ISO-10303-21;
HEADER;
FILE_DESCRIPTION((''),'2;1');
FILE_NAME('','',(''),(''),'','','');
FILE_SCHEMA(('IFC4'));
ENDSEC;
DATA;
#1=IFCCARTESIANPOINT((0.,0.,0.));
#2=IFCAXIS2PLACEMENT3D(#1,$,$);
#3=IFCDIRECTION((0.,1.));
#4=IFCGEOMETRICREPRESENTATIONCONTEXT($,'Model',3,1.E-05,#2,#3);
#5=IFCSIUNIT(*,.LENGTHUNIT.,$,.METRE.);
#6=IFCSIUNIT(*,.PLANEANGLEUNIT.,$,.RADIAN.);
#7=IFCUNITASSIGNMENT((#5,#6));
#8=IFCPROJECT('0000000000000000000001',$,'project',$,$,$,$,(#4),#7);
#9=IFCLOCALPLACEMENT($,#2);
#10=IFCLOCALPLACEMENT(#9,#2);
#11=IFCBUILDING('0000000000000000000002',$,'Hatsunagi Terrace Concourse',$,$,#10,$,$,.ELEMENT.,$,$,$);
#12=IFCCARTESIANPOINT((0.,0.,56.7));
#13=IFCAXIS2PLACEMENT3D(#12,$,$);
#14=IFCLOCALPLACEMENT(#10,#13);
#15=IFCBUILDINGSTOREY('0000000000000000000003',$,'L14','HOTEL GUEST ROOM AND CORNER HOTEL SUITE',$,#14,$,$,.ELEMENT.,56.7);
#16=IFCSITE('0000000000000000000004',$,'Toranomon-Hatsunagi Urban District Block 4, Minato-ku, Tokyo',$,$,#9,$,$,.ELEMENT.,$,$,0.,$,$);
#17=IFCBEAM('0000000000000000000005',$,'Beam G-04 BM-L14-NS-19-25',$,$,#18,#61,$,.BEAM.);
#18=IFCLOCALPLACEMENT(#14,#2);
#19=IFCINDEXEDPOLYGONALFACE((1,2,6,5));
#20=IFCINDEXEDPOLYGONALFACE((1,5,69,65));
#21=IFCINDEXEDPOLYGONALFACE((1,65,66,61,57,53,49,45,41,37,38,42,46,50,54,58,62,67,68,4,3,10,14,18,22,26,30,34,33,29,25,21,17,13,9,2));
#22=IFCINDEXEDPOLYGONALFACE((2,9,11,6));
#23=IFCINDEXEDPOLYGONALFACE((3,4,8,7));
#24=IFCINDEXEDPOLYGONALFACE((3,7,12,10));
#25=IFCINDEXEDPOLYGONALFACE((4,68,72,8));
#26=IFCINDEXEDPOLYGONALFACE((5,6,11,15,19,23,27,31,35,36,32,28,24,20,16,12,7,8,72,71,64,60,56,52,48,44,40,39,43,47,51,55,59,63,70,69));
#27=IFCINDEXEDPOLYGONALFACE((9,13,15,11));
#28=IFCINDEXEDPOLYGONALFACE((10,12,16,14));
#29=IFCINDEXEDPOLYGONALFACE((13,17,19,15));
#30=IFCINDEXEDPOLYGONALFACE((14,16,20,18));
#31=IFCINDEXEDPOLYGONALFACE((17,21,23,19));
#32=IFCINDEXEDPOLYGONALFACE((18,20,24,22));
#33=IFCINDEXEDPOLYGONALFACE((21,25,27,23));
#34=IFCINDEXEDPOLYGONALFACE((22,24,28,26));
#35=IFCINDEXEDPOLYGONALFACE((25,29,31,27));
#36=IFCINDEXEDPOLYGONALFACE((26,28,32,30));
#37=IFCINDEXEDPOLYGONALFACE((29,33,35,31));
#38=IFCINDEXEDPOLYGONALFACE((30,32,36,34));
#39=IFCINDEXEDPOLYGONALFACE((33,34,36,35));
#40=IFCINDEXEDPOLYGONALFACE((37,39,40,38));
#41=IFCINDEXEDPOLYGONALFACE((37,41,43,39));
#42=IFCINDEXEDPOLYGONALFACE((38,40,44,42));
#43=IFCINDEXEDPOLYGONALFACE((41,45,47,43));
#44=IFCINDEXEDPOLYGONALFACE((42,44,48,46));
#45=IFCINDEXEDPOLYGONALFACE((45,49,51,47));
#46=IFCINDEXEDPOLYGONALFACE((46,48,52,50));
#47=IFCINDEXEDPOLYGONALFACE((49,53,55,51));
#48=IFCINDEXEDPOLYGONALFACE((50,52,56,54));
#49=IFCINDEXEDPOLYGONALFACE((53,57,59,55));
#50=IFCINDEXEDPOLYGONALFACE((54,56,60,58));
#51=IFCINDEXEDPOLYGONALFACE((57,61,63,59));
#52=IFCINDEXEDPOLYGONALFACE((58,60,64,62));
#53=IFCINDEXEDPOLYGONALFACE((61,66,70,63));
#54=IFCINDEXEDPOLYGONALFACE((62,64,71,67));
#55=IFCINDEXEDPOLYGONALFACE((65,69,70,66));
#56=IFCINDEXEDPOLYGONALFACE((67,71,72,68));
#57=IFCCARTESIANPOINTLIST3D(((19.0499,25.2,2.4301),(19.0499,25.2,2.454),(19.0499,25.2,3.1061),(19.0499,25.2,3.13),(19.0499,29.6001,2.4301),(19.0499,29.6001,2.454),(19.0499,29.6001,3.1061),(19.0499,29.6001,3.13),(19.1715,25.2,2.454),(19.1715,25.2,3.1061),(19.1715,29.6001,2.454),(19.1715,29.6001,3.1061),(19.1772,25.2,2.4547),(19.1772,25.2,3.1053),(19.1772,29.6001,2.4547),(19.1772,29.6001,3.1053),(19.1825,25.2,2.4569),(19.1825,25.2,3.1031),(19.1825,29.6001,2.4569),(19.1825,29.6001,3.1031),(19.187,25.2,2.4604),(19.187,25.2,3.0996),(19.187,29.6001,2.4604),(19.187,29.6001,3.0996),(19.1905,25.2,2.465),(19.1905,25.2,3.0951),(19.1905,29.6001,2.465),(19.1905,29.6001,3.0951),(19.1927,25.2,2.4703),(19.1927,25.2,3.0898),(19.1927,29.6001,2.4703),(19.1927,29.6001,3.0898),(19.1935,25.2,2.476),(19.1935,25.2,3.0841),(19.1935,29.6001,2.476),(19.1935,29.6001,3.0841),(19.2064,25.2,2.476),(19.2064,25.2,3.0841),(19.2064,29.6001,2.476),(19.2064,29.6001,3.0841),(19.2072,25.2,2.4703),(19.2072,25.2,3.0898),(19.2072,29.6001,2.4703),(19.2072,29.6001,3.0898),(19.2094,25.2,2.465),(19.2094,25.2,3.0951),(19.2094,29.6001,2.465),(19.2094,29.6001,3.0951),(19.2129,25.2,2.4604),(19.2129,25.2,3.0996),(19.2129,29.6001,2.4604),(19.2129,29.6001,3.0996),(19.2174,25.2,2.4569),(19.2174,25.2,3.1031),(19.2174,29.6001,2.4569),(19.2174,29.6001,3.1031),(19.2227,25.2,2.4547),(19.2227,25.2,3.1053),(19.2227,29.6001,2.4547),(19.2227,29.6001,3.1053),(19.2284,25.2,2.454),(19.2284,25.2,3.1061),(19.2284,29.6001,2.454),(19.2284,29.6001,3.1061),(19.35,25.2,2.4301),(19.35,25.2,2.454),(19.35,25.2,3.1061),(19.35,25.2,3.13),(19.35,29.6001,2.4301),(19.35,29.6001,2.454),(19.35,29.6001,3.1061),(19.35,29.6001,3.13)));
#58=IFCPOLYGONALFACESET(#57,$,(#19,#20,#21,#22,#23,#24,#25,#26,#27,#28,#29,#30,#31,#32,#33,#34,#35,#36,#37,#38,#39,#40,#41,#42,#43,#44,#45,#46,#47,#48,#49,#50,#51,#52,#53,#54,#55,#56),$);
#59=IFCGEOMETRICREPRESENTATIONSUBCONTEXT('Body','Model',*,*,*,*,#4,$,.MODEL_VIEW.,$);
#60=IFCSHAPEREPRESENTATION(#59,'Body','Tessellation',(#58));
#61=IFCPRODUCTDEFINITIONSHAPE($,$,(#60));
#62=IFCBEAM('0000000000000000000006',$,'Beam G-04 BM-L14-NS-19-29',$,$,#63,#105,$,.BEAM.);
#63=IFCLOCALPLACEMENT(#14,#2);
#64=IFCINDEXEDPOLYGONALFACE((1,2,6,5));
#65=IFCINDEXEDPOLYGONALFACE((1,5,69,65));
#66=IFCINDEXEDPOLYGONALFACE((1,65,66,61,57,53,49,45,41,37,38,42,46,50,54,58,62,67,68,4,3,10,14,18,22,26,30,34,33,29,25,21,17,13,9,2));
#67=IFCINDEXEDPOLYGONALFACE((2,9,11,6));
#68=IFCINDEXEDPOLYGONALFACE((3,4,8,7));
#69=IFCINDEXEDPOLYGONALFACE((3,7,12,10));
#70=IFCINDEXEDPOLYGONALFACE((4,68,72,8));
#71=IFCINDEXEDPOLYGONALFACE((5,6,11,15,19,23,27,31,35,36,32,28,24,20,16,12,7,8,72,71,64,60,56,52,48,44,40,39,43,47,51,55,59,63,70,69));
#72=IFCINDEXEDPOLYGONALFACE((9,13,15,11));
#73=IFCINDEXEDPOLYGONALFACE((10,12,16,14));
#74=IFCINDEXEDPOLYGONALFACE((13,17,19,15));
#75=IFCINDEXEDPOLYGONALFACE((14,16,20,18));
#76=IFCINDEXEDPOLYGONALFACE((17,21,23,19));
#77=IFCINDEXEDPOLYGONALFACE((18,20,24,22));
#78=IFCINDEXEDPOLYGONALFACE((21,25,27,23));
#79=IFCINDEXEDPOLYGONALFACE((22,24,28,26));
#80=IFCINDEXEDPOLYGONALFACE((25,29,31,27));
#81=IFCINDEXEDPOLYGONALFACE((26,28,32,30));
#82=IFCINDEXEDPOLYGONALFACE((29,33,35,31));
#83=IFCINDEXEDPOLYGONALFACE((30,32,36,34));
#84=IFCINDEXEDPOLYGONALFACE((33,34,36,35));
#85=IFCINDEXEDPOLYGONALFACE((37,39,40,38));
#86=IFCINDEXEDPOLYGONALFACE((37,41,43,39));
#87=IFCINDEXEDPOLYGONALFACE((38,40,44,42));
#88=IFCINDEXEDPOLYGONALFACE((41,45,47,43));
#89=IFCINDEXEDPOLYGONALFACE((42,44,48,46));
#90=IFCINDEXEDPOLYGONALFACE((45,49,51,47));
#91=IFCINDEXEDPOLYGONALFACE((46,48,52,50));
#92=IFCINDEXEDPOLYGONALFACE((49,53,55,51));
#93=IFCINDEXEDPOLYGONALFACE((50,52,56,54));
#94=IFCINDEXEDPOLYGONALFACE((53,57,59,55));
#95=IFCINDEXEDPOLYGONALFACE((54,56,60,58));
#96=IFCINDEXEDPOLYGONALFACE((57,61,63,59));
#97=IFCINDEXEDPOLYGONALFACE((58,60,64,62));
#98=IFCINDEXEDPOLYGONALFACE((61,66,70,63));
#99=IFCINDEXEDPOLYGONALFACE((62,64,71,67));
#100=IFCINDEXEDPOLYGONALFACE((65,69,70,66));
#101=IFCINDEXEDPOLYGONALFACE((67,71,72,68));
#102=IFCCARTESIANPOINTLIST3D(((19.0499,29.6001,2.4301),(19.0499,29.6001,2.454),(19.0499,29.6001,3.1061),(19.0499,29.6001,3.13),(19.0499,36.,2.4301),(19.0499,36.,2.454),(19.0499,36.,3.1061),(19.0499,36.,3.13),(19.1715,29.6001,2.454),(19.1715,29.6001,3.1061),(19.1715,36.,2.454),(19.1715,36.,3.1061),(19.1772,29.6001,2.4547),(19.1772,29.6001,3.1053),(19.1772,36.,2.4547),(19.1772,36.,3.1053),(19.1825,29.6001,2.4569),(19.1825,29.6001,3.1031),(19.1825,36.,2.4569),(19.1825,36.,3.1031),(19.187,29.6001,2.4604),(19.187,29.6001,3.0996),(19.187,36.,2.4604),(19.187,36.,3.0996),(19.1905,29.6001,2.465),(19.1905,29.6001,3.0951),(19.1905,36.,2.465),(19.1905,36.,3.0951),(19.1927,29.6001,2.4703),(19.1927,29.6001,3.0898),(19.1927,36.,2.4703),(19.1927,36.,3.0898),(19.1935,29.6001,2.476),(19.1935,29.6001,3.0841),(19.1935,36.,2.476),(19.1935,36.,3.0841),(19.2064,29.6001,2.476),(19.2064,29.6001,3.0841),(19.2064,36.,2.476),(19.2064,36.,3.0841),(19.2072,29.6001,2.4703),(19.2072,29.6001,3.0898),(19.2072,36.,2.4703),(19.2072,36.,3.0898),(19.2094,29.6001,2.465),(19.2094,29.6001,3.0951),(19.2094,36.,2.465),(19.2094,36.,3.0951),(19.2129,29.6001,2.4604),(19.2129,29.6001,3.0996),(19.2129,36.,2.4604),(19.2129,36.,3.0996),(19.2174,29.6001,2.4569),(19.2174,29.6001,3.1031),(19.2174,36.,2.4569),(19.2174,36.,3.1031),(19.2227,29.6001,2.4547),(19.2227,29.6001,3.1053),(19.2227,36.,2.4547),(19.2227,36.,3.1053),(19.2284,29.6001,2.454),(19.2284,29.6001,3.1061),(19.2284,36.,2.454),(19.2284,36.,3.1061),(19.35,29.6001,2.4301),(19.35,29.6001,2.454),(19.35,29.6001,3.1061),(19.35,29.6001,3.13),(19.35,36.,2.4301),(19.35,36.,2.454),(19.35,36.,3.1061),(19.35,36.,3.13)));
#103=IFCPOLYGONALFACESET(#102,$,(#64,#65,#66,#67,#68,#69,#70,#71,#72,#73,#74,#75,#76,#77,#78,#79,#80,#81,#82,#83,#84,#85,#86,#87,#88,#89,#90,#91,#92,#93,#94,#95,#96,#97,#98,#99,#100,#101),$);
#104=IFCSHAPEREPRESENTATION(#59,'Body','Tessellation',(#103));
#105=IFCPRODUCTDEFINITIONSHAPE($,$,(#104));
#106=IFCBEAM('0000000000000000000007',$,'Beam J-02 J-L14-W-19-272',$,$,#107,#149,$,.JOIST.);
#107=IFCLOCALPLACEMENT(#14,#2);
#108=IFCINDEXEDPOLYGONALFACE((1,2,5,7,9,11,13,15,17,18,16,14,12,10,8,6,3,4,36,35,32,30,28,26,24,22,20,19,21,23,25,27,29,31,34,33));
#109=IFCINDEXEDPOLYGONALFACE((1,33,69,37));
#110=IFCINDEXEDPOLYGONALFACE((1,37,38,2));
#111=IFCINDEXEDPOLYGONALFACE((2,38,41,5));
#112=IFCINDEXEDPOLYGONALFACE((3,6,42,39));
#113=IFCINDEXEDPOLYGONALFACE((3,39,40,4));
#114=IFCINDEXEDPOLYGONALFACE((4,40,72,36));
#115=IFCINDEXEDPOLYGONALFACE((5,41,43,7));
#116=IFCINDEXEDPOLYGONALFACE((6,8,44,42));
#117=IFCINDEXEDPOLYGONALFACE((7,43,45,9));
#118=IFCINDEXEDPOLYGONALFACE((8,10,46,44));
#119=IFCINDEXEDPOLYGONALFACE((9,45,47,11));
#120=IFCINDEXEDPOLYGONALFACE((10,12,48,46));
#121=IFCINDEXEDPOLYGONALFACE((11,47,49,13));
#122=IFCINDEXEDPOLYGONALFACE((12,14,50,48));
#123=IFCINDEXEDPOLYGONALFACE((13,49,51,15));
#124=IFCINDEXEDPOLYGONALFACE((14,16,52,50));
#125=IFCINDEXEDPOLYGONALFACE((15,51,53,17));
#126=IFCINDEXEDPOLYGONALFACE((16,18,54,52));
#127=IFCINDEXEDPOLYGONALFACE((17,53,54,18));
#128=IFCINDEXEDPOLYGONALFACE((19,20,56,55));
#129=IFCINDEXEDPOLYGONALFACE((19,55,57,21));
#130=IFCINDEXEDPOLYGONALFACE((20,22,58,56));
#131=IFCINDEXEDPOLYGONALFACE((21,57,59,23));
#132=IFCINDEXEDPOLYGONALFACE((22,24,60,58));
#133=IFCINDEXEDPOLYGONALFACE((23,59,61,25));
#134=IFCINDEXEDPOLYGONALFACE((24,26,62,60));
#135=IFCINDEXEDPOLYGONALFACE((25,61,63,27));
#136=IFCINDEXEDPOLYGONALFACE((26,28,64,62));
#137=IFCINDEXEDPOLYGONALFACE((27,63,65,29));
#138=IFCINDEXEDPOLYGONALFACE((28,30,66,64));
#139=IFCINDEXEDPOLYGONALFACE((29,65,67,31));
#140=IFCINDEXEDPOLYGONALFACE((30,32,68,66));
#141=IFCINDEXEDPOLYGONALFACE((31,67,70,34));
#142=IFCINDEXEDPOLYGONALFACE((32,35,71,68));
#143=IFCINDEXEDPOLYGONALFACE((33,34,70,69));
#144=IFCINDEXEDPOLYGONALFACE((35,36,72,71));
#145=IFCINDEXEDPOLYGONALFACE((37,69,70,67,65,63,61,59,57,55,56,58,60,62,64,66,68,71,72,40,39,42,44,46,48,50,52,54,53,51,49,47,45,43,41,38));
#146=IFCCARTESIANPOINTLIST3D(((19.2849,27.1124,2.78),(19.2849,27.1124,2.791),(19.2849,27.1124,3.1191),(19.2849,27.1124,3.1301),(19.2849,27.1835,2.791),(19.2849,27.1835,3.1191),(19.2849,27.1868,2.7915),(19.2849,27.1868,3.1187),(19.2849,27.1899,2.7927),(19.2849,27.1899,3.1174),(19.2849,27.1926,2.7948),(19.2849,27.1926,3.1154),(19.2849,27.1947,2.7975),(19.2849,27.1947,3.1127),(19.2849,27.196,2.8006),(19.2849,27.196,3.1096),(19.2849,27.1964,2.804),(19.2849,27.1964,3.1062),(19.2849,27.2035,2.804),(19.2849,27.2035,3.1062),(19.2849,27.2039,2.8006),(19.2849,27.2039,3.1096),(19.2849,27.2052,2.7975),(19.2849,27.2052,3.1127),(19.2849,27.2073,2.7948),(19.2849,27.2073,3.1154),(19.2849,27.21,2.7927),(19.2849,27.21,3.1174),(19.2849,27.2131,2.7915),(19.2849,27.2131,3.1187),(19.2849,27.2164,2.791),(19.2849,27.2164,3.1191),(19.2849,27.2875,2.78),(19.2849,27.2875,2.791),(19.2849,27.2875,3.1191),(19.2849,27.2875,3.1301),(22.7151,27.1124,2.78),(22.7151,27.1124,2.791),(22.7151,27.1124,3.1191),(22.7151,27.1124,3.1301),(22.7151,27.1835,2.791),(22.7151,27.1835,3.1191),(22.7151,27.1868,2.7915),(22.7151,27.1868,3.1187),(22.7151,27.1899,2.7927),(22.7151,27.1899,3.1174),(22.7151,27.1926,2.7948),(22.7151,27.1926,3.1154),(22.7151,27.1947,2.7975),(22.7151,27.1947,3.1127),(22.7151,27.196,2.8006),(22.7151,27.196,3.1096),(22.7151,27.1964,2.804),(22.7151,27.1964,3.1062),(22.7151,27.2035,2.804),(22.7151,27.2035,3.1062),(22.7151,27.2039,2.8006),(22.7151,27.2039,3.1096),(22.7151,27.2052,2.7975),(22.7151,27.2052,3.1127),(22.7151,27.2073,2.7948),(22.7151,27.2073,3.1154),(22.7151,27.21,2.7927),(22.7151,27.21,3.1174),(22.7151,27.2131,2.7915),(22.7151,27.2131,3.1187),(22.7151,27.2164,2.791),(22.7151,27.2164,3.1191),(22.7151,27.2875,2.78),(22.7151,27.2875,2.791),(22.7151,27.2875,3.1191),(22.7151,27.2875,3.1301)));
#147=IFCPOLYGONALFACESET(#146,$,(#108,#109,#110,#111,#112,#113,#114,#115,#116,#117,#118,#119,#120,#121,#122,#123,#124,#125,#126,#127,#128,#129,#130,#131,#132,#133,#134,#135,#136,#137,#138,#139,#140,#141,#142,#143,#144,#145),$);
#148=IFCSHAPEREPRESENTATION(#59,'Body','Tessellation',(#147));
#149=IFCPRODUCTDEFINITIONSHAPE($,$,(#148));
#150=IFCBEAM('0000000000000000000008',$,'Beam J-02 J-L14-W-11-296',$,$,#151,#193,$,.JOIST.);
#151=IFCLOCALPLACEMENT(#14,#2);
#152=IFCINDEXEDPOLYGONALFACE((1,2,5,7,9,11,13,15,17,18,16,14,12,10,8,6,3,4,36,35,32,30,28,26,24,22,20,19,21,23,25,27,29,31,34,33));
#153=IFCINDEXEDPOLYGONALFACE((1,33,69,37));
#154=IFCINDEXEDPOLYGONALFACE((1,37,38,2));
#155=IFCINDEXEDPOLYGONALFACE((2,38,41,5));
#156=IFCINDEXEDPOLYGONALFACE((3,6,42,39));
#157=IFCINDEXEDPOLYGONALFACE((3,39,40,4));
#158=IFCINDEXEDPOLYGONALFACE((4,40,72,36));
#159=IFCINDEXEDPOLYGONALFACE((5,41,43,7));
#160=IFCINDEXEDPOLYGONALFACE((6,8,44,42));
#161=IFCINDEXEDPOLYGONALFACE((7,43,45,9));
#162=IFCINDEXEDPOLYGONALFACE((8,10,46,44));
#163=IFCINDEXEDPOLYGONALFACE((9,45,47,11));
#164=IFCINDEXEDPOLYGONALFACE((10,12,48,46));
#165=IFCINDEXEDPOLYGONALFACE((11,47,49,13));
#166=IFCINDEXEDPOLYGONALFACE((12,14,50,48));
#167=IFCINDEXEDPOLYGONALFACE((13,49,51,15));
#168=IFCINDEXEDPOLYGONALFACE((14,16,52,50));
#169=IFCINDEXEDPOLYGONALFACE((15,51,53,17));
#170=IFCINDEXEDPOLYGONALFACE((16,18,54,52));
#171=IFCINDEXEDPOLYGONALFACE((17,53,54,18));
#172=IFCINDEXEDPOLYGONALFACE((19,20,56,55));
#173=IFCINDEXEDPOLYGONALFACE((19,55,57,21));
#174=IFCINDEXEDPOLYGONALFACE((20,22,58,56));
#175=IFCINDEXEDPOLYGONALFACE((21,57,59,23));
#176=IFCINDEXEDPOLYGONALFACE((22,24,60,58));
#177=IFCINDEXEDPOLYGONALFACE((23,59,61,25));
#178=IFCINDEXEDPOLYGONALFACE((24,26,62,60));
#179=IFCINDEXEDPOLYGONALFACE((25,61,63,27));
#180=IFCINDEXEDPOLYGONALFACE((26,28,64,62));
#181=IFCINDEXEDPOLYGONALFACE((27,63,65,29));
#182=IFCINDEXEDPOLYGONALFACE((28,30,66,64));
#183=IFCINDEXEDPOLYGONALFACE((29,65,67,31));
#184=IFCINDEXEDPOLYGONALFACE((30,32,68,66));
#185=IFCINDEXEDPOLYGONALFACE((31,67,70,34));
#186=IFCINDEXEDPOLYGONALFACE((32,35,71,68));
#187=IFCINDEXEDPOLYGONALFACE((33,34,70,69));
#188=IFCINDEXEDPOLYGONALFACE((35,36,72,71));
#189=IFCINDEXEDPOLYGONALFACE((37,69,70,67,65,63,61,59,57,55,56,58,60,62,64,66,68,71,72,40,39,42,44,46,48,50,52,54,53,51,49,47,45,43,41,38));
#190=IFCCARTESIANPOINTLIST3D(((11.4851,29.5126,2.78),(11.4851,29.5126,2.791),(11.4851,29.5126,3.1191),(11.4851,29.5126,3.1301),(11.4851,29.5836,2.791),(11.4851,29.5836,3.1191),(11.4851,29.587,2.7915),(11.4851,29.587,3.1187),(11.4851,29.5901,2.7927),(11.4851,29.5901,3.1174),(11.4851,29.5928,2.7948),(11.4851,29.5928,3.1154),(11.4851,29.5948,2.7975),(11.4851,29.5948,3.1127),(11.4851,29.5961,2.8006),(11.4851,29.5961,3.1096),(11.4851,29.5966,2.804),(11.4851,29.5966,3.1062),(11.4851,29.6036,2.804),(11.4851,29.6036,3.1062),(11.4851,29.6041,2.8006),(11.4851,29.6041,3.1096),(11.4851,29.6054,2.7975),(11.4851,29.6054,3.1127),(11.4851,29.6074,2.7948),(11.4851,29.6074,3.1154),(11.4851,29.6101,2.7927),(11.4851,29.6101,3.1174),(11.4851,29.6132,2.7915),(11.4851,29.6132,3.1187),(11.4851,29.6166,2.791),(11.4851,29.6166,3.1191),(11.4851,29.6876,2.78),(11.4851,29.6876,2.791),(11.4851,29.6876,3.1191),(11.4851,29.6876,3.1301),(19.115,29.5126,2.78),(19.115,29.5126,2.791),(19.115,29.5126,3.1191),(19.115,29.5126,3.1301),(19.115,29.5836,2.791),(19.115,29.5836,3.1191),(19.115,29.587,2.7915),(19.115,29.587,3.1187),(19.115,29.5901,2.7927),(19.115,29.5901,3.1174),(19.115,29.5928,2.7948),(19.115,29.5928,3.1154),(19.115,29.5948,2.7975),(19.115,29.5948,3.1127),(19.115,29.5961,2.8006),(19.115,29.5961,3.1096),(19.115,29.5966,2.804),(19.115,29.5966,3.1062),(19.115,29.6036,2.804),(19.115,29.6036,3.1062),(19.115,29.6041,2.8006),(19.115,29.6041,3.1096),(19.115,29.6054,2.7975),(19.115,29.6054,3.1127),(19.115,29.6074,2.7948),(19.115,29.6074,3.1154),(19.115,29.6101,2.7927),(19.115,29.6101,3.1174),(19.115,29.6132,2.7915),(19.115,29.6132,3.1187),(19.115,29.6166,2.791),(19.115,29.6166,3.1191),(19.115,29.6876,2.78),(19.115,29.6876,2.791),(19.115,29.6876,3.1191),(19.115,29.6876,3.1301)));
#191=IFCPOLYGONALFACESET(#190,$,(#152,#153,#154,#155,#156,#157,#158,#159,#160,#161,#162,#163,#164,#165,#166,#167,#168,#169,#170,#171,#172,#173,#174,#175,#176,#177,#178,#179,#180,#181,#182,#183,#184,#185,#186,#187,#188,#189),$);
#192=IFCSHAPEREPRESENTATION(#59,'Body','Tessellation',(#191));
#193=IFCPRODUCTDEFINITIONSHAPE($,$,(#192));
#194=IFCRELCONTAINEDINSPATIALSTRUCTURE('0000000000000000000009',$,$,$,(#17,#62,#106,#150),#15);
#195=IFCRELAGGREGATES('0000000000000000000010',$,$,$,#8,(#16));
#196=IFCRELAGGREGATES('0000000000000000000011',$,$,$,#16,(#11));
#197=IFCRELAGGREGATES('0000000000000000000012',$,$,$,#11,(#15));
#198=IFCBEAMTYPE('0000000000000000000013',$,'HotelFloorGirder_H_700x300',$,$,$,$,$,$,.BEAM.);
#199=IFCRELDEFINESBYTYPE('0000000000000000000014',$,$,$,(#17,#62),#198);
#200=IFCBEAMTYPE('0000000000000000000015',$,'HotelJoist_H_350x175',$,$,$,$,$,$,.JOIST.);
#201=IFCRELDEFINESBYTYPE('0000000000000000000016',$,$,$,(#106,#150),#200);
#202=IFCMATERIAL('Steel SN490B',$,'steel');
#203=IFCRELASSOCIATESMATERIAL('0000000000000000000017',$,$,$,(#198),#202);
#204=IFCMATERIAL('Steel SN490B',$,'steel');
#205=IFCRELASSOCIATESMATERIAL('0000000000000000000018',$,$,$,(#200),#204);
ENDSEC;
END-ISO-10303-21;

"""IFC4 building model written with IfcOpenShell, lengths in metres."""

from ifc_helpers import new_model, si_unit, direction, frame, origin, origin_2d, place, context, subcontext, project, spatial, i_section, extrude, material, material_profile, profile_set, type_object, element, save


model = new_model("IFC4")

# Units and contexts
model_context = context("Model", 3, precision=1e-05, world=origin(), true_north=direction((0.0, 1.0)))
body_context = subcontext(model_context, "Body", "Model", "MODEL_VIEW")
ifc_project = project(units=[si_unit("LENGTHUNIT", "METRE"), si_unit("PLANEANGLEUNIT", "RADIAN")], contexts=[model_context])

# Site, building, storey
site_placement = place(None, origin())
site = spatial("IfcSite", under=ifc_project, at=site_placement, Name="Toranomon-Hatsunagi Urban District Block 4, Minato-ku, Tokyo", CompositionType="ELEMENT", RefElevation=0.0)
building_placement = place(site_placement, origin())
building = spatial("IfcBuilding", under=site, at=building_placement, Name="Hatsunagi Terrace Concourse", CompositionType="ELEMENT")
storey_placement = place(building_placement, frame((0.0, 0.0, 56.7)))
storey = spatial("IfcBuildingStorey", under=building, at=storey_placement, Name="L14", Description="HOTEL GUEST ROOM AND CORNER HOTEL SUITE", CompositionType="ELEMENT", Elevation=56.7)

# Beams
ifc_material_1 = material(Name="Steel SN490B", Category="steel")
ifc_material_profile_1 = material_profile(ifc_material_1, i_section(OverallWidth=0.3, OverallDepth=0.7, WebThickness=0.0129, FlangeThickness=0.0239, FilletRadius=0.022, at=origin_2d()), Name="H-700x300x13x24")
ifc_profile_set_1 = profile_set([ifc_material_profile_1], Name="Steel SN490B")
beam_type_1 = type_object("IfcBeamType", Name="HotelFloorGirder_H_700x300", PredefinedType="BEAM", material=ifc_profile_set_1)
beam_1_placement = place(storey_placement, frame((19.2, 25.2, 2.78), z_axis=(0.0, 1.0, 0.0), x_axis=(-1.0, 0.0, 0.0)))
element("IfcBeam", 1, at=beam_1_placement, inside=storey, type_object=beam_type_1, Name="Beam G-04 BM-L14-NS-19-25", PredefinedType="BEAM", context=body_context, shape_type="SweptSolid", body=[
    extrude(i_section(OverallWidth=0.3, OverallDepth=0.7, WebThickness=0.0129, FlangeThickness=0.0239, FilletRadius=0.022, at=origin_2d()), origin(), (0.0, 0.0, 1.0), 4.4001),
])
beam_2_placement = place(storey_placement, frame((19.2, 29.6001, 2.78), z_axis=(0.0, 1.0, 0.0), x_axis=(-1.0, 0.0, 0.0)))
element("IfcBeam", 2, at=beam_2_placement, inside=storey, type_object=beam_type_1, Name="Beam G-04 BM-L14-NS-19-29", PredefinedType="BEAM", context=body_context, shape_type="SweptSolid", body=[
    extrude(i_section(OverallWidth=0.3, OverallDepth=0.7, WebThickness=0.0129, FlangeThickness=0.0239, FilletRadius=0.022, at=origin_2d()), origin(), (0.0, 0.0, 1.0), 6.3999),
])
ifc_material_2 = material(Name="Steel SN490B", Category="steel")
ifc_material_profile_2 = material_profile(ifc_material_2, i_section(OverallWidth=0.175, OverallDepth=0.3501, WebThickness=0.0071, FlangeThickness=0.011, FilletRadius=0.0129, at=origin_2d()), Name="H-350x175x7x11")
ifc_profile_set_2 = profile_set([ifc_material_profile_2], Name="Steel SN490B")
beam_type_2 = type_object("IfcBeamType", Name="HotelJoist_H_350x175", PredefinedType="JOIST", material=ifc_profile_set_2)
beam_3_placement = place(storey_placement, frame((19.2849, 27.2, 2.9551), z_axis=(1.0, 0.0, 0.0), x_axis=(0.0, 1.0, 0.0)))
element("IfcBeam", 3, at=beam_3_placement, inside=storey, type_object=beam_type_2, Name="Beam J-02 J-L14-W-19-272", PredefinedType="JOIST", context=body_context, shape_type="SweptSolid", body=[
    extrude(i_section(OverallWidth=0.175, OverallDepth=0.3501, WebThickness=0.0071, FlangeThickness=0.011, FilletRadius=0.0129, at=origin_2d()), origin(), (0.0, 0.0, 1.0), 3.4302),
])
beam_4_placement = place(storey_placement, frame((11.4851, 29.6001, 2.9551), z_axis=(1.0, 0.0, 0.0), x_axis=(0.0, 1.0, 0.0)))
element("IfcBeam", 4, at=beam_4_placement, inside=storey, type_object=beam_type_2, Name="Beam J-02 J-L14-W-11-296", PredefinedType="JOIST", context=body_context, shape_type="SweptSolid", body=[
    extrude(i_section(OverallWidth=0.175, OverallDepth=0.3501, WebThickness=0.0071, FlangeThickness=0.011, FilletRadius=0.0129, at=origin_2d()), origin(), (0.0, 0.0, 1.0), 7.6299),
])

save(model, "model.ifc")
